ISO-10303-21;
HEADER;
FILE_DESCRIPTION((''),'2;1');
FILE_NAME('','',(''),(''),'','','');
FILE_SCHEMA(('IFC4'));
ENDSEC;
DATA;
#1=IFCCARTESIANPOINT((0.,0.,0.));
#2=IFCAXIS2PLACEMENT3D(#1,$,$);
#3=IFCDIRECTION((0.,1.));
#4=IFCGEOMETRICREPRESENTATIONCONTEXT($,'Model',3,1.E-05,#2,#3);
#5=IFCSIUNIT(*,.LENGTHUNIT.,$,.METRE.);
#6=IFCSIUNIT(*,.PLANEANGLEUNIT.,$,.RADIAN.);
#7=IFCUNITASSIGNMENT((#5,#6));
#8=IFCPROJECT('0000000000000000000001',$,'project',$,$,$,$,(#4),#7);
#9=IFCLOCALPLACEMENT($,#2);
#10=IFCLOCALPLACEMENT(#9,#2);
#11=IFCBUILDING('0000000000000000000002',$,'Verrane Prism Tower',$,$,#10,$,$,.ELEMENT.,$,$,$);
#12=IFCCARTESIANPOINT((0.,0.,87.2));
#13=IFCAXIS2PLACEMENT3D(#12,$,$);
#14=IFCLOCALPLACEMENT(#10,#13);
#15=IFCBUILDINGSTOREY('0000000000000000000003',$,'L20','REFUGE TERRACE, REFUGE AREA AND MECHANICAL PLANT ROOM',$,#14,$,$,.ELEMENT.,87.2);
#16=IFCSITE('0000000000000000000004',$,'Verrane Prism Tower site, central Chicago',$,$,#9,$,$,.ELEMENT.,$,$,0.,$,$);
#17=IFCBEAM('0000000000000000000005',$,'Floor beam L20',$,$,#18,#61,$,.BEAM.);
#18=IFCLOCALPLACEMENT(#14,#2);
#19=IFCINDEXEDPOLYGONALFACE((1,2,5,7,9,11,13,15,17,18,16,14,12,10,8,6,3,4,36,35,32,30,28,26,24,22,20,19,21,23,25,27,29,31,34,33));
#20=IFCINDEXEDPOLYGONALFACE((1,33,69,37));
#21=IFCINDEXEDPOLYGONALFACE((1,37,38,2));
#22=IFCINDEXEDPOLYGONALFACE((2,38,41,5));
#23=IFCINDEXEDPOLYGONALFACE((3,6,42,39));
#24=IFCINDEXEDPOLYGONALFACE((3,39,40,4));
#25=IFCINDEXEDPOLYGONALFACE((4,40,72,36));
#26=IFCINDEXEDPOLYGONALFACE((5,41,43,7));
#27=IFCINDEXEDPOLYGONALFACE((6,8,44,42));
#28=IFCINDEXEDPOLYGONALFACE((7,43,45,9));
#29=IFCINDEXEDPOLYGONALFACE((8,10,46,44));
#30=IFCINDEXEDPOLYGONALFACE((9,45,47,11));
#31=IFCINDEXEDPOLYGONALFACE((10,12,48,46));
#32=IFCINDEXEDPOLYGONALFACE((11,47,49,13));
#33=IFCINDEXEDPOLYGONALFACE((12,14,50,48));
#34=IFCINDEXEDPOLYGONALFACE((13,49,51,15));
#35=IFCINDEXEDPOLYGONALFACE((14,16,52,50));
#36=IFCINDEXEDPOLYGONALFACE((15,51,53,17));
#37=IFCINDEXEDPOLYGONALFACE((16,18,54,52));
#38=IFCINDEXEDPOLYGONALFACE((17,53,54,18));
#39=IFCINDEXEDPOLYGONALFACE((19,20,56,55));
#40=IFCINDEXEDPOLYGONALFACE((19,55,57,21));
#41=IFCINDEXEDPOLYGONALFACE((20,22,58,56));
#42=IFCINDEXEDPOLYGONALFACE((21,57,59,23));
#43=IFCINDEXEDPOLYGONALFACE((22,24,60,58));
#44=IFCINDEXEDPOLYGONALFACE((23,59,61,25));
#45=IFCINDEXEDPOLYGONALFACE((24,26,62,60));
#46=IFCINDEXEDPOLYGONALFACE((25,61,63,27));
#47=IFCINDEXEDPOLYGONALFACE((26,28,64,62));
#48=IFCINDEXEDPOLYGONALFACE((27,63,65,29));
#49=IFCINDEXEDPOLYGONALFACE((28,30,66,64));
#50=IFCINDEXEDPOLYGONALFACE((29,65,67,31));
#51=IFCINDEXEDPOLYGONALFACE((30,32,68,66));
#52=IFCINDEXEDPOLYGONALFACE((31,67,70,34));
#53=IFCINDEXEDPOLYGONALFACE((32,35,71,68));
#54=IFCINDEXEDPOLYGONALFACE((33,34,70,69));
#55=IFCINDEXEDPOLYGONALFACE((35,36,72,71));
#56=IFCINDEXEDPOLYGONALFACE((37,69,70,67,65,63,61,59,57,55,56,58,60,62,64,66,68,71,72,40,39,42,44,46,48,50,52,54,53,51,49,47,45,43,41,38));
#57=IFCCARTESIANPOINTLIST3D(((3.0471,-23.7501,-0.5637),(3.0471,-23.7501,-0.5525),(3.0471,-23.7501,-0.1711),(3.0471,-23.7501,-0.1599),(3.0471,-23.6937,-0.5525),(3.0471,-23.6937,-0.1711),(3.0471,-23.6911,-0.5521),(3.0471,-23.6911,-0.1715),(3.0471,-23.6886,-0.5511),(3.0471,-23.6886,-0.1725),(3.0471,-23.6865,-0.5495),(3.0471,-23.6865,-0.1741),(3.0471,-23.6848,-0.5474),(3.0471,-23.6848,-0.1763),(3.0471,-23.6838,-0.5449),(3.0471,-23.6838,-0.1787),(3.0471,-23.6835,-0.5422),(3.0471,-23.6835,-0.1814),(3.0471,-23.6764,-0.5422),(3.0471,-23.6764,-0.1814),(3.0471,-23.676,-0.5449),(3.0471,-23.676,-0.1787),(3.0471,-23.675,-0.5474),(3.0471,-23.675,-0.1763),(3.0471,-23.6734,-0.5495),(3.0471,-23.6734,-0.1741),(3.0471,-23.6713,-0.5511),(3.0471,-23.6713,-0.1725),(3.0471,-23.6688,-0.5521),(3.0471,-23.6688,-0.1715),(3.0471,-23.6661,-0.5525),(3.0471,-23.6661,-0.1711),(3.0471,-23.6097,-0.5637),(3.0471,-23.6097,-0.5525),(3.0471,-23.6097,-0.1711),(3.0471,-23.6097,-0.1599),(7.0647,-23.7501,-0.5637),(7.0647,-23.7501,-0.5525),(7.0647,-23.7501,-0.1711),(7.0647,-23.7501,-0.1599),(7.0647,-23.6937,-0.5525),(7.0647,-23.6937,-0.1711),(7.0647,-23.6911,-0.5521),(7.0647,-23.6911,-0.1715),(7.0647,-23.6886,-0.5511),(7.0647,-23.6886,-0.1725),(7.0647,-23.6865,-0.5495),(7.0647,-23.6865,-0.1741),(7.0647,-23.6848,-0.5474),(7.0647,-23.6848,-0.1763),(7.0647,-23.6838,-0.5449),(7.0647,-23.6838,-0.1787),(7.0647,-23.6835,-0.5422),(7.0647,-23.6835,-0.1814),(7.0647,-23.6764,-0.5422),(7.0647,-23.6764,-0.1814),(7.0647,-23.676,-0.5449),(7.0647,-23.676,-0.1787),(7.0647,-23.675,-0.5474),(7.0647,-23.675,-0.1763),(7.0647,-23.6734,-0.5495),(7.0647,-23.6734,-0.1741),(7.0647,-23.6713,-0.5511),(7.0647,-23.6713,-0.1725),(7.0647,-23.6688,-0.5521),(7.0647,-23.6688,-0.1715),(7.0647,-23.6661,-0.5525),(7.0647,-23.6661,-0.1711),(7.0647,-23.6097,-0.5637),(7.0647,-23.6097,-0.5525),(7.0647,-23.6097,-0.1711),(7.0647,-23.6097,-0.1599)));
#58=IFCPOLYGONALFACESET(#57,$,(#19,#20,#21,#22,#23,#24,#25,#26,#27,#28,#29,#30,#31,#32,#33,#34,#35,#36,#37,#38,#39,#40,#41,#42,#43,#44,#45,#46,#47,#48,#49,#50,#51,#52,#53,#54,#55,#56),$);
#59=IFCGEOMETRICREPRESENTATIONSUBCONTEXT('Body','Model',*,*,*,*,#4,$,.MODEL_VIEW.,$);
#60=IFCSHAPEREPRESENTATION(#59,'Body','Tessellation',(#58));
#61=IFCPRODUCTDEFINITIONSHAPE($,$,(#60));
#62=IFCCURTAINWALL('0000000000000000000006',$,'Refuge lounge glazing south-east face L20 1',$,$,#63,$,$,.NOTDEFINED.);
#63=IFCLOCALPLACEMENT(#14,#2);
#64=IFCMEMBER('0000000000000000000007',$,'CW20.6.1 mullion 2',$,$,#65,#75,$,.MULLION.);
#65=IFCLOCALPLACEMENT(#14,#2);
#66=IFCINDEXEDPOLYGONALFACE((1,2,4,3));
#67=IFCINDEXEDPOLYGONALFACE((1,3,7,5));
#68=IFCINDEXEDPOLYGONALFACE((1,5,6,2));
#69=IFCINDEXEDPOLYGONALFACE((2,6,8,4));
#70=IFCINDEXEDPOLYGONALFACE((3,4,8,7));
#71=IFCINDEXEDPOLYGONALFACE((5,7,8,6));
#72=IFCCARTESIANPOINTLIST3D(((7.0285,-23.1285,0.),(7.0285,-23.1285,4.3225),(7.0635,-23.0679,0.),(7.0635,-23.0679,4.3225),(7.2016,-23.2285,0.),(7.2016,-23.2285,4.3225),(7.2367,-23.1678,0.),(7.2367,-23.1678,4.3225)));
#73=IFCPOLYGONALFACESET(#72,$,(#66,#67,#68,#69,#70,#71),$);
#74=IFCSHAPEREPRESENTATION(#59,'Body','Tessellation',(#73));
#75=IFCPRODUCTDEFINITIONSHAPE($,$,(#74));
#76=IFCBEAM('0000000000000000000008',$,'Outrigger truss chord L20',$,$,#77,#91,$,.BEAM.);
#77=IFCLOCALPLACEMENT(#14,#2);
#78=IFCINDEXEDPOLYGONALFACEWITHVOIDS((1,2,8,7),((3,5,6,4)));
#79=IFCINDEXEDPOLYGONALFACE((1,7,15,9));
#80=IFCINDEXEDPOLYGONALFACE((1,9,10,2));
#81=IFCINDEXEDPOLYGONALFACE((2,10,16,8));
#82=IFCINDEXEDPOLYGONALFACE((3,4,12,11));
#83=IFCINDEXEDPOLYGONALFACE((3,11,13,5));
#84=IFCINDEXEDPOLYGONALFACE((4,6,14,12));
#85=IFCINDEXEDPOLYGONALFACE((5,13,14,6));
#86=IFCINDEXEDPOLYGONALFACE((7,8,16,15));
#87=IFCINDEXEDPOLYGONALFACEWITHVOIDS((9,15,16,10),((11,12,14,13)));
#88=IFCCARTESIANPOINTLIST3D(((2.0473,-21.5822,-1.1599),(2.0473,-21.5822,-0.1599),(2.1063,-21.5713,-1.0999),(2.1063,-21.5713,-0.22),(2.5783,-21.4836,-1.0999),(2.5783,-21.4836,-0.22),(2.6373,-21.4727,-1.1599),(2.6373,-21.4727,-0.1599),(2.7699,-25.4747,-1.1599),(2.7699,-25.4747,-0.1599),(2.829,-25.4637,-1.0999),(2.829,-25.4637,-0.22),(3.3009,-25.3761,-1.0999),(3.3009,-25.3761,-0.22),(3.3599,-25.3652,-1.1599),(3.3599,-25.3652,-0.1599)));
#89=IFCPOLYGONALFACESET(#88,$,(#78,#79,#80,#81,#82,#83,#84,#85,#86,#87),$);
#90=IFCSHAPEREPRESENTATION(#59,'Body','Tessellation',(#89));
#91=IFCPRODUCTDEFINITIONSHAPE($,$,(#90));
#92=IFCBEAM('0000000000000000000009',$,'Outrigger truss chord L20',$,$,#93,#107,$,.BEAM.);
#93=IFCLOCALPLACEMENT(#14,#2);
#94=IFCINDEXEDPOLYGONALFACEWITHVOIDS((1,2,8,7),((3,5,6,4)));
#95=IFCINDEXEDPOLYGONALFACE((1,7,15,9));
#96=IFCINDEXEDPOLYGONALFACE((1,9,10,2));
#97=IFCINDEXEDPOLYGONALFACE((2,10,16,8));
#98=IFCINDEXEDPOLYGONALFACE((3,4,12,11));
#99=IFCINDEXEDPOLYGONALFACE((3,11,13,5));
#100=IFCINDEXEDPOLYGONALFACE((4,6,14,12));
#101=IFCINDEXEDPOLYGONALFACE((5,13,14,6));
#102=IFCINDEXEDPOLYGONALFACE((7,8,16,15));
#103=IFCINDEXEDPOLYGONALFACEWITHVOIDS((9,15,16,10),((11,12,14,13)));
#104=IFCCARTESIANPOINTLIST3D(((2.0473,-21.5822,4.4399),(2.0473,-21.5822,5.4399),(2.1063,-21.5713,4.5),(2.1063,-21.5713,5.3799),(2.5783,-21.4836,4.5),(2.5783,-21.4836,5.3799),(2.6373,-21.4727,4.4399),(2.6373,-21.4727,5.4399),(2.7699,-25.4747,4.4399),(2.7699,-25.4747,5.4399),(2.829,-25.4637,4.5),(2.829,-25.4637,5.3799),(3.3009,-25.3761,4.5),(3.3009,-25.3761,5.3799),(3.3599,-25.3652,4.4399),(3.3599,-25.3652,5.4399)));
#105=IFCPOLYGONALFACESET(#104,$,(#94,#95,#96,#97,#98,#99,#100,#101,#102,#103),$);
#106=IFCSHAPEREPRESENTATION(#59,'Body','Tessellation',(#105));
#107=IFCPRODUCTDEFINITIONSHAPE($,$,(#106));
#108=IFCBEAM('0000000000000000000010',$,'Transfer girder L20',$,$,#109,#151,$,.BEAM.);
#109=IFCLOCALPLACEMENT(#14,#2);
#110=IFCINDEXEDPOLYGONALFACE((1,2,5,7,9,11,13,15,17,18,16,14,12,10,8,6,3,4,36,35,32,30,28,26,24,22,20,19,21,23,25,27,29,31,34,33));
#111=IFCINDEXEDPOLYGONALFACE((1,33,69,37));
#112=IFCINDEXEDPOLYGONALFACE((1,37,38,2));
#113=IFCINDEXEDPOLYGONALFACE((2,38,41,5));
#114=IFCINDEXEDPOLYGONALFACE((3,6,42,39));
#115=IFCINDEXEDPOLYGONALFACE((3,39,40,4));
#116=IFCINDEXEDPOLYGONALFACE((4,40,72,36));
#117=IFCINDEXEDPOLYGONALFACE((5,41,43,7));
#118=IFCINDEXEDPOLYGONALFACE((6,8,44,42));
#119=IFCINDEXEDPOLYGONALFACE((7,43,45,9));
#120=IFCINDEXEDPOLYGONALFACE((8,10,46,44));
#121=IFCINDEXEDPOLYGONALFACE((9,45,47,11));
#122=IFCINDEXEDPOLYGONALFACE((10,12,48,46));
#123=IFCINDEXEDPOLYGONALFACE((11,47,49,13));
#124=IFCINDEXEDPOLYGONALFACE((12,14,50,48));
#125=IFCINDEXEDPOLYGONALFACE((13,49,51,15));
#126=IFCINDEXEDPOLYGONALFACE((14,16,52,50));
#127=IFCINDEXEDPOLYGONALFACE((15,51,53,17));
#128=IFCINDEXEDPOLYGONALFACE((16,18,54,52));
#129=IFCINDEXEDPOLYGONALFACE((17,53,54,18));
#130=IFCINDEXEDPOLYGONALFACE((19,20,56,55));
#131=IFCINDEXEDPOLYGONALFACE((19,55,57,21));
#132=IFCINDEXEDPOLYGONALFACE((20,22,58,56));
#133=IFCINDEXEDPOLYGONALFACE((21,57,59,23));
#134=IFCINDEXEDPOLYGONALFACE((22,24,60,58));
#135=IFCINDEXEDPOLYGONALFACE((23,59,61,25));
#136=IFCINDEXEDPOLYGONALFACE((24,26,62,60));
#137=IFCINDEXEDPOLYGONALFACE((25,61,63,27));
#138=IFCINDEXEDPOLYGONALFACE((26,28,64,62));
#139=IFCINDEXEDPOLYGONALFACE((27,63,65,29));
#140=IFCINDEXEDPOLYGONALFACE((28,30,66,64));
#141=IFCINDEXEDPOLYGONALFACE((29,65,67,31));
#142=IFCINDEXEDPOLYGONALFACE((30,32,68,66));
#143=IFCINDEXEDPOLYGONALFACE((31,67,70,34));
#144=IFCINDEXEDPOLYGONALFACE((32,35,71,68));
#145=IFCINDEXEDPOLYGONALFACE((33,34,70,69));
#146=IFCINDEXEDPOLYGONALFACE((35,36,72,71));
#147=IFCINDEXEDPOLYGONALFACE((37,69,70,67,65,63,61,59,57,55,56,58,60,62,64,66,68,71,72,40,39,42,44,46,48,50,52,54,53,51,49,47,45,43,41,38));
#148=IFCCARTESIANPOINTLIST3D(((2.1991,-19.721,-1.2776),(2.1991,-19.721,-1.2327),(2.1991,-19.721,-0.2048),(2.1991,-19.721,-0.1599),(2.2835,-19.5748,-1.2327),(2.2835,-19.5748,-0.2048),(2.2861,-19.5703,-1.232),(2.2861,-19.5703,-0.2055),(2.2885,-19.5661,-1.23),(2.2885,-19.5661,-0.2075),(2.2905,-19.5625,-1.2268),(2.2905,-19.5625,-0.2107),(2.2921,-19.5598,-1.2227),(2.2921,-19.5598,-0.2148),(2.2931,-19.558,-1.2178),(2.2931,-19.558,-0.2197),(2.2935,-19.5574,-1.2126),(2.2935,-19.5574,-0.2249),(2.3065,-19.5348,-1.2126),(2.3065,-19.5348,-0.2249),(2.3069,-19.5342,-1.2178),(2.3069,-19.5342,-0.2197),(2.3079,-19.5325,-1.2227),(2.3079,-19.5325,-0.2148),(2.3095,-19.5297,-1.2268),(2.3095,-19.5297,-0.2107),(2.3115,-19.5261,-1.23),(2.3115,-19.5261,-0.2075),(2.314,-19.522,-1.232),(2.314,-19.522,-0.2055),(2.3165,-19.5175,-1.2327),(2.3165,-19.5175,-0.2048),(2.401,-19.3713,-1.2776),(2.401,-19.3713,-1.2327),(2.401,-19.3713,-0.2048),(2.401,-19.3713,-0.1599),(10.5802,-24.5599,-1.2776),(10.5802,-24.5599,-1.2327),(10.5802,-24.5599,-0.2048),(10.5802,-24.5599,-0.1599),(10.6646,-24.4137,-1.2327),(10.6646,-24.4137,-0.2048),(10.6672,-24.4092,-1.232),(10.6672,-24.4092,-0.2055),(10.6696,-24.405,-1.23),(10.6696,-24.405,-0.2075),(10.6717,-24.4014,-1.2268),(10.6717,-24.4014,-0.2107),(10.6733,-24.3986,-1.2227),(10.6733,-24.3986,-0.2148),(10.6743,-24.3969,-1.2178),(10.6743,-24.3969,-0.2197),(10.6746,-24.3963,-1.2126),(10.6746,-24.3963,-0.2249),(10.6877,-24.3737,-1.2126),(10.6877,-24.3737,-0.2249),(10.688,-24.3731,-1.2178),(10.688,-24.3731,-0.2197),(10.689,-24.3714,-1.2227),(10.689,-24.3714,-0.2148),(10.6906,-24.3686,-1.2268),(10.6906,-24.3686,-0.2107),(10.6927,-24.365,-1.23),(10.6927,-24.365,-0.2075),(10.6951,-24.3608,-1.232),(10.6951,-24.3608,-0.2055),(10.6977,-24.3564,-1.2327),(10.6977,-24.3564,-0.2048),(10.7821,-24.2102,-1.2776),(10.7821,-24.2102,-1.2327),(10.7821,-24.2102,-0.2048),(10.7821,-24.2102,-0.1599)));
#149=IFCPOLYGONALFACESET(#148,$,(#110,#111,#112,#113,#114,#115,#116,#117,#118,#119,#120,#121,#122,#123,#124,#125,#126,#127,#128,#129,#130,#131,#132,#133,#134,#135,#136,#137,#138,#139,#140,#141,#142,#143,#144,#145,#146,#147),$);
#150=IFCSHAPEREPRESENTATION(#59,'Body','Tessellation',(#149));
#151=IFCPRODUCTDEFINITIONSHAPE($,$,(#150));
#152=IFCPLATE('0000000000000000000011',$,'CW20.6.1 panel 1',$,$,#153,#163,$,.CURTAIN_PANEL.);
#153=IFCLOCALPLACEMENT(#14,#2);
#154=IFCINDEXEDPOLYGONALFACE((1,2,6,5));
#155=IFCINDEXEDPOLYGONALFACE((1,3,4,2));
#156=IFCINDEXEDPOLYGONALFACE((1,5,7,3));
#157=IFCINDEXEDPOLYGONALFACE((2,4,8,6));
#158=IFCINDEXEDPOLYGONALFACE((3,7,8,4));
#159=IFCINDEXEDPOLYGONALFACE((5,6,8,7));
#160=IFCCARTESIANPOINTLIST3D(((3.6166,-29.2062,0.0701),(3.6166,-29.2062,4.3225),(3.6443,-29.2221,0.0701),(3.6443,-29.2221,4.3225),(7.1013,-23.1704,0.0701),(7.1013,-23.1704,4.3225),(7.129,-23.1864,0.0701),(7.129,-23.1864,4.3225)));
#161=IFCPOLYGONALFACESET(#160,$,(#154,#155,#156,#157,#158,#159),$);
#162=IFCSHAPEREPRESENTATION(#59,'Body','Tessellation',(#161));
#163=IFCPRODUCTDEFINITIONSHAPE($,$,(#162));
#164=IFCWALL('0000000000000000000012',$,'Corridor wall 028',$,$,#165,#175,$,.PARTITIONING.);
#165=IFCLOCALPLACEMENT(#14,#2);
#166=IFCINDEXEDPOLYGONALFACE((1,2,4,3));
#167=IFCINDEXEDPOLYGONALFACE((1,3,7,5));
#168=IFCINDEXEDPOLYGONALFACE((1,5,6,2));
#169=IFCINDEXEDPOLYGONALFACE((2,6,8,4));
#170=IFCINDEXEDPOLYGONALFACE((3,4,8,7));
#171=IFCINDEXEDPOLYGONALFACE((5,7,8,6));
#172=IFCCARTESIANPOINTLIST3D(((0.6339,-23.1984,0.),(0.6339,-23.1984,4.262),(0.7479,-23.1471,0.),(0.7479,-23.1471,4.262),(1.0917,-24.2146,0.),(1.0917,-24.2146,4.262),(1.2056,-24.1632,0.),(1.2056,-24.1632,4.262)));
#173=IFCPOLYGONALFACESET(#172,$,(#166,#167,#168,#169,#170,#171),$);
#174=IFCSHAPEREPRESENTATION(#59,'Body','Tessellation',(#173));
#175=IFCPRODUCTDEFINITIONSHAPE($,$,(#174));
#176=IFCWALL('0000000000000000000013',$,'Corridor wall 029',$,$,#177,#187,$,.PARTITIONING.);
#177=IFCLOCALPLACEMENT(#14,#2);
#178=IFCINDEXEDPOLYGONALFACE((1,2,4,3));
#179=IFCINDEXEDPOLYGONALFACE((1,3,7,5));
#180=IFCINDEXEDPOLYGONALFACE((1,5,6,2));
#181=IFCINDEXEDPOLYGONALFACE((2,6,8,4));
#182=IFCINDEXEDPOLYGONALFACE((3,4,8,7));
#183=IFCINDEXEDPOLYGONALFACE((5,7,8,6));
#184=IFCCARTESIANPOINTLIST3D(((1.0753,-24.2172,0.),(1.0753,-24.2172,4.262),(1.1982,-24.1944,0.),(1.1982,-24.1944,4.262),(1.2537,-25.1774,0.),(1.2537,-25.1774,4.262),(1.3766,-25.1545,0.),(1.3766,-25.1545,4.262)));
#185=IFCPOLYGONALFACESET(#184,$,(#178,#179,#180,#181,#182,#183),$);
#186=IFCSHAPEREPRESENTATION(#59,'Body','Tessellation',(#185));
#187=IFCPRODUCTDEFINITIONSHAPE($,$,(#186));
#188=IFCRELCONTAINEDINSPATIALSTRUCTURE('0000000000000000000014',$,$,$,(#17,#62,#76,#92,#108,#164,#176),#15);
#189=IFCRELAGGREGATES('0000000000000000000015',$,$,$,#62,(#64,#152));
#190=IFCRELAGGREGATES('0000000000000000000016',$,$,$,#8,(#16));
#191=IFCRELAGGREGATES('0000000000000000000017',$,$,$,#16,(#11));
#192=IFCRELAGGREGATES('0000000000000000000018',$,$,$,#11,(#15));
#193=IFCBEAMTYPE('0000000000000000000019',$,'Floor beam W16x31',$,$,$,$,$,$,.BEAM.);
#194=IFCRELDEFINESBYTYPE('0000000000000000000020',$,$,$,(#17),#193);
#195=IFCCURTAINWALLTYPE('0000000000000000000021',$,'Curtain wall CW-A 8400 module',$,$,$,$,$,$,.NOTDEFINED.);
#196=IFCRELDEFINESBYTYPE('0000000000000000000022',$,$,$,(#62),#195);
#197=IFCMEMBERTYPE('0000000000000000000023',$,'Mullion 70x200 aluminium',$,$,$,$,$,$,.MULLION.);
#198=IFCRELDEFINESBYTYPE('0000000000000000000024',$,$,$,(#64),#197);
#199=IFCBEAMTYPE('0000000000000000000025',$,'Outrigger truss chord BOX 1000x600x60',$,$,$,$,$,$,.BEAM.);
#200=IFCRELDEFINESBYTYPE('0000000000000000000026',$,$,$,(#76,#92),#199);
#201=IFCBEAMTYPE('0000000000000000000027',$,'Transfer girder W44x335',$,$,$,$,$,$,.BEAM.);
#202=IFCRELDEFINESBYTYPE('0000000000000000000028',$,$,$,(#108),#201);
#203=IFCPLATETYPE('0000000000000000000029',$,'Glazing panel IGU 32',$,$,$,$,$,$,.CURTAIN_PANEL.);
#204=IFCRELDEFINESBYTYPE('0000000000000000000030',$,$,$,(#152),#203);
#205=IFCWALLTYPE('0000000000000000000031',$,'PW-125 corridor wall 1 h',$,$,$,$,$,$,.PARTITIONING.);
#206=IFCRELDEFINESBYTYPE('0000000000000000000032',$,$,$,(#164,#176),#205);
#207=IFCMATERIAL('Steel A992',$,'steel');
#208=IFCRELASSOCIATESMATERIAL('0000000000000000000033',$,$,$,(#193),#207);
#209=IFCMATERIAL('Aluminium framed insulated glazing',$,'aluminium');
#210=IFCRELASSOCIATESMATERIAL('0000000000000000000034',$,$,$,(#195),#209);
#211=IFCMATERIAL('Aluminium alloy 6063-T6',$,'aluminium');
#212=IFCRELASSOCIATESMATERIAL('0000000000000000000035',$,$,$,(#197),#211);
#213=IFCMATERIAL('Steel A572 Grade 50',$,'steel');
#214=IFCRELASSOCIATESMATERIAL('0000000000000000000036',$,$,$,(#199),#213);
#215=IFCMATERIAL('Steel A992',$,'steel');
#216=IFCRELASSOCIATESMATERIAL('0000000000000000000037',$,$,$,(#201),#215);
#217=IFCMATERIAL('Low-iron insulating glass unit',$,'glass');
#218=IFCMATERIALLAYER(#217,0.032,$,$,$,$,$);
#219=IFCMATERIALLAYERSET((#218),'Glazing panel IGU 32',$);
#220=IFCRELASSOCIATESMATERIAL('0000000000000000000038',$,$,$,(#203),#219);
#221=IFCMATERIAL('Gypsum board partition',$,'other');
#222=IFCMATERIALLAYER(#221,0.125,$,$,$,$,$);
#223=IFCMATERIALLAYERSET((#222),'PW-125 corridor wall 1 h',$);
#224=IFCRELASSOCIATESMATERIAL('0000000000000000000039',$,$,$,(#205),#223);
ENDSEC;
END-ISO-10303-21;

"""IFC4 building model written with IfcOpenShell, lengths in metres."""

from ifc_helpers import new_model, si_unit, direction, frame, frame_2d, origin, origin_2d, place, context, subcontext, project, spatial, rectangle, hollow_rectangle, i_section, extrude, material, layer, layer_set, material_profile, profile_set, type_object, element, aggregate, save


model = new_model("IFC4")

# Units and contexts
model_context = context("Model", 3, precision=1e-05, world=origin(), true_north=direction((0.0, 1.0)))
body_context = subcontext(model_context, "Body", "Model", "MODEL_VIEW")
ifc_project = project(units=[si_unit("LENGTHUNIT", "METRE"), si_unit("PLANEANGLEUNIT", "RADIAN")], contexts=[model_context])

# Site, building, storey
site_placement = place(None, origin())
site = spatial("IfcSite", under=ifc_project, at=site_placement, Name="Verrane Prism Tower site, central Chicago", CompositionType="ELEMENT", RefElevation=0.0)
building_placement = place(site_placement, origin())
building = spatial("IfcBuilding", under=site, at=building_placement, Name="Verrane Prism Tower", CompositionType="ELEMENT")
storey_placement = place(building_placement, frame((0.0, 0.0, 87.2)))
storey = spatial("IfcBuildingStorey", under=building, at=storey_placement, Name="L20", Description="REFUGE TERRACE, REFUGE AREA AND MECHANICAL PLANT ROOM", CompositionType="ELEMENT", Elevation=87.2)

# Beam
ifc_material_1 = material(Name="Steel A992", Category="steel")
ifc_material_profile_1 = material_profile(ifc_material_1, i_section(OverallWidth=0.1404, OverallDepth=0.4038, WebThickness=0.0071, FlangeThickness=0.0112, FilletRadius=0.0103, at=origin_2d()), Name="W16x31")
ifc_profile_set_1 = profile_set([ifc_material_profile_1], Name="Steel A992")
beam_type_1 = type_object("IfcBeamType", Name="Floor beam W16x31", PredefinedType="BEAM", material=ifc_profile_set_1)
beam_1_placement = place(storey_placement, frame((3.0471, -23.6799, -0.3618), z_axis=(1.0, 0.0, 0.0), x_axis=(0.0, 1.0, 0.0)))
element("IfcBeam", 1, at=beam_1_placement, inside=storey, type_object=beam_type_1, Name="Floor beam L20", PredefinedType="BEAM", context=body_context, shape_type="SweptSolid", body=[
    extrude(i_section(OverallWidth=0.1404, OverallDepth=0.4038, WebThickness=0.0071, FlangeThickness=0.0112, FilletRadius=0.0103, at=origin_2d()), origin(), (0.0, 0.0, 1.0), 4.0176),
])

# Curtain wall, member
ifc_material_2 = material(Name="Aluminium framed insulated glazing", Category="aluminium")
curtain_wall_type = type_object("IfcCurtainWallType", Name="Curtain wall CW-A 8400 module", PredefinedType="NOTDEFINED", material=ifc_material_2)
curtain_wall_placement = place(storey_placement, origin())
curtain_wall = element("IfcCurtainWall", 2, at=curtain_wall_placement, inside=storey, type_object=curtain_wall_type, Name="Refuge lounge glazing south-east face L20 1", PredefinedType="NOTDEFINED")
ifc_material_3 = material(Name="Aluminium alloy 6063-T6", Category="aluminium")
ifc_material_profile_2 = material_profile(ifc_material_3, rectangle(XDim=0.2, YDim=0.0701, at=origin_2d()), Name="Mullion 70x200 aluminium")
ifc_profile_set_2 = profile_set([ifc_material_profile_2], Name="Aluminium alloy 6063-T6")
member_type = type_object("IfcMemberType", Name="Mullion 70x200 aluminium", PredefinedType="MULLION", material=ifc_profile_set_2)
member_placement = place(storey_placement, frame((7.1326, -23.1482, 0.0), z_axis=(0.0, 0.0, 1.0), x_axis=(-0.866022, 0.500006, 0.0)))
member = element("IfcMember", 3, at=member_placement, type_object=member_type, Name="CW20.6.1 mullion 2", PredefinedType="MULLION", context=body_context, shape_type="SweptSolid", body=[
    extrude(rectangle(XDim=0.2, YDim=0.0701, at=origin_2d()), origin(), (0.0, 0.0, 1.0), 4.3225),
])

# Beams
ifc_material_4 = material(Name="Steel A572 Grade 50", Category="steel")
ifc_material_profile_3 = material_profile(ifc_material_4, hollow_rectangle(XDim=0.6001, YDim=1.0, WallThickness=0.0601, at=origin_2d()), Name="BOX 1000x600x60")
ifc_profile_set_3 = profile_set([ifc_material_profile_3], Name="Steel A572 Grade 50")
beam_type_2 = type_object("IfcBeamType", Name="Outrigger truss chord BOX 1000x600x60", PredefinedType="BEAM", material=ifc_profile_set_3)
for number, where, z_axis, x_axis, name in (
    (4, (3.0649, -25.4199, -0.6599), (-0.182531, 0.9832, 0.0), (-0.9832, -0.182531, 0.0), "Outrigger truss chord L20"),
    (5, (3.0649, -25.4199, 4.9399), (-0.182531, 0.9832, 0.0), (-0.9832, -0.182531, 0.0), "Outrigger truss chord L20"),
):
    element("IfcBeam", number, at=place(storey_placement, frame(where, z_axis=z_axis, x_axis=x_axis)), inside=storey, type_object=beam_type_2, Name=name, PredefinedType="BEAM", context=body_context, shape_type="SweptSolid", body=[
        extrude(hollow_rectangle(XDim=0.6001, YDim=1.0, WallThickness=0.0601, at=origin_2d()), origin(), (0.0, 0.0, 1.0), 3.959),
    ])
ifc_material_5 = material(Name="Steel A992", Category="steel")
ifc_material_profile_4 = material_profile(ifc_material_5, i_section(OverallWidth=0.4038, OverallDepth=1.1177, WebThickness=0.0261, FlangeThickness=0.0449, FilletRadius=0.02, at=origin_2d()), Name="W44x335")
ifc_profile_set_4 = profile_set([ifc_material_profile_4], Name="Steel A992")
beam_type_3 = type_object("IfcBeamType", Name="Transfer girder W44x335", PredefinedType="BEAM", material=ifc_profile_set_4)
beam_2_placement = place(storey_placement, frame((10.6812, -24.385, -0.7188), z_axis=(-0.866024, 0.500003, 0.0), x_axis=(-0.500003, -0.866024, 0.0)))
element("IfcBeam", 6, at=beam_2_placement, inside=storey, type_object=beam_type_3, Name="Transfer girder L20", PredefinedType="BEAM", context=body_context, shape_type="SweptSolid", body=[
    extrude(i_section(OverallWidth=0.4038, OverallDepth=1.1177, WebThickness=0.0261, FlangeThickness=0.0449, FilletRadius=0.02, at=origin_2d()), origin(), (0.0, 0.0, 1.0), 9.6777),
])

# Plate
ifc_material_6 = material(Name="Low-iron insulating glass unit", Category="glass")
ifc_layer_1 = layer(ifc_material_6, 0.032)
ifc_layer_set_1 = layer_set([ifc_layer_1], Name="Glazing panel IGU 32")
plate_type = type_object("IfcPlateType", Name="Glazing panel IGU 32", PredefinedType="CURTAIN_PANEL", material=ifc_layer_set_1)
plate_placement = place(storey_placement, frame((5.3728, -26.1963, 0.0701), z_axis=(0.0, 0.0, 1.0), x_axis=(0.500006, 0.866022, 0.0)))
plate = element("IfcPlate", 7, at=plate_placement, type_object=plate_type, Name="CW20.6.1 panel 1", PredefinedType="CURTAIN_PANEL", context=body_context, shape_type="SweptSolid", body=[
    extrude(rectangle(XDim=6.9695, YDim=0.032, at=origin_2d()), origin(), (0.0, 0.0, 1.0), 4.2524),
])
aggregate(curtain_wall, [member, plate])

# Walls
ifc_material_7 = material(Name="Gypsum board partition", Category="other")
ifc_layer_2 = layer(ifc_material_7, 0.125)
ifc_layer_set_2 = layer_set([ifc_layer_2], Name="PW-125 corridor wall 1 h")
wall_type_1 = type_object("IfcWallType", Name="PW-125 corridor wall 1 h", PredefinedType="PARTITIONING", material=ifc_layer_set_2)
wall_1_placement = place(storey_placement, frame((0.6909, -23.1729, 0.0), z_axis=(0.0, 0.0, 1.0), x_axis=(0.410747, -0.911749, 0.0)))
element("IfcWall", 8, at=wall_1_placement, inside=storey, type_object=wall_type_1, Name="Corridor wall 028", PredefinedType="PARTITIONING", context=body_context, shape_type="SweptSolid", body=[
    extrude(rectangle(XDim=1.1145, YDim=0.125, at=frame_2d((0.5571, 0.0))), origin(), (0.0, 0.0, 1.0), 4.262),
])
wall_2_placement = place(storey_placement, frame((1.1367, -24.2058, 0.0), z_axis=(0.0, 0.0, 1.0), x_axis=(0.182734, -0.983162, 0.0)))
element("IfcWall", 9, at=wall_2_placement, inside=storey, type_object=wall_type_1, Name="Corridor wall 029", PredefinedType="PARTITIONING", context=body_context, shape_type="SweptSolid", body=[
    extrude(rectangle(XDim=0.9766, YDim=0.125, at=frame_2d((0.4883, 0.0))), origin(), (0.0, 0.0, 1.0), 4.262),
])

save(model, "model.ifc")
